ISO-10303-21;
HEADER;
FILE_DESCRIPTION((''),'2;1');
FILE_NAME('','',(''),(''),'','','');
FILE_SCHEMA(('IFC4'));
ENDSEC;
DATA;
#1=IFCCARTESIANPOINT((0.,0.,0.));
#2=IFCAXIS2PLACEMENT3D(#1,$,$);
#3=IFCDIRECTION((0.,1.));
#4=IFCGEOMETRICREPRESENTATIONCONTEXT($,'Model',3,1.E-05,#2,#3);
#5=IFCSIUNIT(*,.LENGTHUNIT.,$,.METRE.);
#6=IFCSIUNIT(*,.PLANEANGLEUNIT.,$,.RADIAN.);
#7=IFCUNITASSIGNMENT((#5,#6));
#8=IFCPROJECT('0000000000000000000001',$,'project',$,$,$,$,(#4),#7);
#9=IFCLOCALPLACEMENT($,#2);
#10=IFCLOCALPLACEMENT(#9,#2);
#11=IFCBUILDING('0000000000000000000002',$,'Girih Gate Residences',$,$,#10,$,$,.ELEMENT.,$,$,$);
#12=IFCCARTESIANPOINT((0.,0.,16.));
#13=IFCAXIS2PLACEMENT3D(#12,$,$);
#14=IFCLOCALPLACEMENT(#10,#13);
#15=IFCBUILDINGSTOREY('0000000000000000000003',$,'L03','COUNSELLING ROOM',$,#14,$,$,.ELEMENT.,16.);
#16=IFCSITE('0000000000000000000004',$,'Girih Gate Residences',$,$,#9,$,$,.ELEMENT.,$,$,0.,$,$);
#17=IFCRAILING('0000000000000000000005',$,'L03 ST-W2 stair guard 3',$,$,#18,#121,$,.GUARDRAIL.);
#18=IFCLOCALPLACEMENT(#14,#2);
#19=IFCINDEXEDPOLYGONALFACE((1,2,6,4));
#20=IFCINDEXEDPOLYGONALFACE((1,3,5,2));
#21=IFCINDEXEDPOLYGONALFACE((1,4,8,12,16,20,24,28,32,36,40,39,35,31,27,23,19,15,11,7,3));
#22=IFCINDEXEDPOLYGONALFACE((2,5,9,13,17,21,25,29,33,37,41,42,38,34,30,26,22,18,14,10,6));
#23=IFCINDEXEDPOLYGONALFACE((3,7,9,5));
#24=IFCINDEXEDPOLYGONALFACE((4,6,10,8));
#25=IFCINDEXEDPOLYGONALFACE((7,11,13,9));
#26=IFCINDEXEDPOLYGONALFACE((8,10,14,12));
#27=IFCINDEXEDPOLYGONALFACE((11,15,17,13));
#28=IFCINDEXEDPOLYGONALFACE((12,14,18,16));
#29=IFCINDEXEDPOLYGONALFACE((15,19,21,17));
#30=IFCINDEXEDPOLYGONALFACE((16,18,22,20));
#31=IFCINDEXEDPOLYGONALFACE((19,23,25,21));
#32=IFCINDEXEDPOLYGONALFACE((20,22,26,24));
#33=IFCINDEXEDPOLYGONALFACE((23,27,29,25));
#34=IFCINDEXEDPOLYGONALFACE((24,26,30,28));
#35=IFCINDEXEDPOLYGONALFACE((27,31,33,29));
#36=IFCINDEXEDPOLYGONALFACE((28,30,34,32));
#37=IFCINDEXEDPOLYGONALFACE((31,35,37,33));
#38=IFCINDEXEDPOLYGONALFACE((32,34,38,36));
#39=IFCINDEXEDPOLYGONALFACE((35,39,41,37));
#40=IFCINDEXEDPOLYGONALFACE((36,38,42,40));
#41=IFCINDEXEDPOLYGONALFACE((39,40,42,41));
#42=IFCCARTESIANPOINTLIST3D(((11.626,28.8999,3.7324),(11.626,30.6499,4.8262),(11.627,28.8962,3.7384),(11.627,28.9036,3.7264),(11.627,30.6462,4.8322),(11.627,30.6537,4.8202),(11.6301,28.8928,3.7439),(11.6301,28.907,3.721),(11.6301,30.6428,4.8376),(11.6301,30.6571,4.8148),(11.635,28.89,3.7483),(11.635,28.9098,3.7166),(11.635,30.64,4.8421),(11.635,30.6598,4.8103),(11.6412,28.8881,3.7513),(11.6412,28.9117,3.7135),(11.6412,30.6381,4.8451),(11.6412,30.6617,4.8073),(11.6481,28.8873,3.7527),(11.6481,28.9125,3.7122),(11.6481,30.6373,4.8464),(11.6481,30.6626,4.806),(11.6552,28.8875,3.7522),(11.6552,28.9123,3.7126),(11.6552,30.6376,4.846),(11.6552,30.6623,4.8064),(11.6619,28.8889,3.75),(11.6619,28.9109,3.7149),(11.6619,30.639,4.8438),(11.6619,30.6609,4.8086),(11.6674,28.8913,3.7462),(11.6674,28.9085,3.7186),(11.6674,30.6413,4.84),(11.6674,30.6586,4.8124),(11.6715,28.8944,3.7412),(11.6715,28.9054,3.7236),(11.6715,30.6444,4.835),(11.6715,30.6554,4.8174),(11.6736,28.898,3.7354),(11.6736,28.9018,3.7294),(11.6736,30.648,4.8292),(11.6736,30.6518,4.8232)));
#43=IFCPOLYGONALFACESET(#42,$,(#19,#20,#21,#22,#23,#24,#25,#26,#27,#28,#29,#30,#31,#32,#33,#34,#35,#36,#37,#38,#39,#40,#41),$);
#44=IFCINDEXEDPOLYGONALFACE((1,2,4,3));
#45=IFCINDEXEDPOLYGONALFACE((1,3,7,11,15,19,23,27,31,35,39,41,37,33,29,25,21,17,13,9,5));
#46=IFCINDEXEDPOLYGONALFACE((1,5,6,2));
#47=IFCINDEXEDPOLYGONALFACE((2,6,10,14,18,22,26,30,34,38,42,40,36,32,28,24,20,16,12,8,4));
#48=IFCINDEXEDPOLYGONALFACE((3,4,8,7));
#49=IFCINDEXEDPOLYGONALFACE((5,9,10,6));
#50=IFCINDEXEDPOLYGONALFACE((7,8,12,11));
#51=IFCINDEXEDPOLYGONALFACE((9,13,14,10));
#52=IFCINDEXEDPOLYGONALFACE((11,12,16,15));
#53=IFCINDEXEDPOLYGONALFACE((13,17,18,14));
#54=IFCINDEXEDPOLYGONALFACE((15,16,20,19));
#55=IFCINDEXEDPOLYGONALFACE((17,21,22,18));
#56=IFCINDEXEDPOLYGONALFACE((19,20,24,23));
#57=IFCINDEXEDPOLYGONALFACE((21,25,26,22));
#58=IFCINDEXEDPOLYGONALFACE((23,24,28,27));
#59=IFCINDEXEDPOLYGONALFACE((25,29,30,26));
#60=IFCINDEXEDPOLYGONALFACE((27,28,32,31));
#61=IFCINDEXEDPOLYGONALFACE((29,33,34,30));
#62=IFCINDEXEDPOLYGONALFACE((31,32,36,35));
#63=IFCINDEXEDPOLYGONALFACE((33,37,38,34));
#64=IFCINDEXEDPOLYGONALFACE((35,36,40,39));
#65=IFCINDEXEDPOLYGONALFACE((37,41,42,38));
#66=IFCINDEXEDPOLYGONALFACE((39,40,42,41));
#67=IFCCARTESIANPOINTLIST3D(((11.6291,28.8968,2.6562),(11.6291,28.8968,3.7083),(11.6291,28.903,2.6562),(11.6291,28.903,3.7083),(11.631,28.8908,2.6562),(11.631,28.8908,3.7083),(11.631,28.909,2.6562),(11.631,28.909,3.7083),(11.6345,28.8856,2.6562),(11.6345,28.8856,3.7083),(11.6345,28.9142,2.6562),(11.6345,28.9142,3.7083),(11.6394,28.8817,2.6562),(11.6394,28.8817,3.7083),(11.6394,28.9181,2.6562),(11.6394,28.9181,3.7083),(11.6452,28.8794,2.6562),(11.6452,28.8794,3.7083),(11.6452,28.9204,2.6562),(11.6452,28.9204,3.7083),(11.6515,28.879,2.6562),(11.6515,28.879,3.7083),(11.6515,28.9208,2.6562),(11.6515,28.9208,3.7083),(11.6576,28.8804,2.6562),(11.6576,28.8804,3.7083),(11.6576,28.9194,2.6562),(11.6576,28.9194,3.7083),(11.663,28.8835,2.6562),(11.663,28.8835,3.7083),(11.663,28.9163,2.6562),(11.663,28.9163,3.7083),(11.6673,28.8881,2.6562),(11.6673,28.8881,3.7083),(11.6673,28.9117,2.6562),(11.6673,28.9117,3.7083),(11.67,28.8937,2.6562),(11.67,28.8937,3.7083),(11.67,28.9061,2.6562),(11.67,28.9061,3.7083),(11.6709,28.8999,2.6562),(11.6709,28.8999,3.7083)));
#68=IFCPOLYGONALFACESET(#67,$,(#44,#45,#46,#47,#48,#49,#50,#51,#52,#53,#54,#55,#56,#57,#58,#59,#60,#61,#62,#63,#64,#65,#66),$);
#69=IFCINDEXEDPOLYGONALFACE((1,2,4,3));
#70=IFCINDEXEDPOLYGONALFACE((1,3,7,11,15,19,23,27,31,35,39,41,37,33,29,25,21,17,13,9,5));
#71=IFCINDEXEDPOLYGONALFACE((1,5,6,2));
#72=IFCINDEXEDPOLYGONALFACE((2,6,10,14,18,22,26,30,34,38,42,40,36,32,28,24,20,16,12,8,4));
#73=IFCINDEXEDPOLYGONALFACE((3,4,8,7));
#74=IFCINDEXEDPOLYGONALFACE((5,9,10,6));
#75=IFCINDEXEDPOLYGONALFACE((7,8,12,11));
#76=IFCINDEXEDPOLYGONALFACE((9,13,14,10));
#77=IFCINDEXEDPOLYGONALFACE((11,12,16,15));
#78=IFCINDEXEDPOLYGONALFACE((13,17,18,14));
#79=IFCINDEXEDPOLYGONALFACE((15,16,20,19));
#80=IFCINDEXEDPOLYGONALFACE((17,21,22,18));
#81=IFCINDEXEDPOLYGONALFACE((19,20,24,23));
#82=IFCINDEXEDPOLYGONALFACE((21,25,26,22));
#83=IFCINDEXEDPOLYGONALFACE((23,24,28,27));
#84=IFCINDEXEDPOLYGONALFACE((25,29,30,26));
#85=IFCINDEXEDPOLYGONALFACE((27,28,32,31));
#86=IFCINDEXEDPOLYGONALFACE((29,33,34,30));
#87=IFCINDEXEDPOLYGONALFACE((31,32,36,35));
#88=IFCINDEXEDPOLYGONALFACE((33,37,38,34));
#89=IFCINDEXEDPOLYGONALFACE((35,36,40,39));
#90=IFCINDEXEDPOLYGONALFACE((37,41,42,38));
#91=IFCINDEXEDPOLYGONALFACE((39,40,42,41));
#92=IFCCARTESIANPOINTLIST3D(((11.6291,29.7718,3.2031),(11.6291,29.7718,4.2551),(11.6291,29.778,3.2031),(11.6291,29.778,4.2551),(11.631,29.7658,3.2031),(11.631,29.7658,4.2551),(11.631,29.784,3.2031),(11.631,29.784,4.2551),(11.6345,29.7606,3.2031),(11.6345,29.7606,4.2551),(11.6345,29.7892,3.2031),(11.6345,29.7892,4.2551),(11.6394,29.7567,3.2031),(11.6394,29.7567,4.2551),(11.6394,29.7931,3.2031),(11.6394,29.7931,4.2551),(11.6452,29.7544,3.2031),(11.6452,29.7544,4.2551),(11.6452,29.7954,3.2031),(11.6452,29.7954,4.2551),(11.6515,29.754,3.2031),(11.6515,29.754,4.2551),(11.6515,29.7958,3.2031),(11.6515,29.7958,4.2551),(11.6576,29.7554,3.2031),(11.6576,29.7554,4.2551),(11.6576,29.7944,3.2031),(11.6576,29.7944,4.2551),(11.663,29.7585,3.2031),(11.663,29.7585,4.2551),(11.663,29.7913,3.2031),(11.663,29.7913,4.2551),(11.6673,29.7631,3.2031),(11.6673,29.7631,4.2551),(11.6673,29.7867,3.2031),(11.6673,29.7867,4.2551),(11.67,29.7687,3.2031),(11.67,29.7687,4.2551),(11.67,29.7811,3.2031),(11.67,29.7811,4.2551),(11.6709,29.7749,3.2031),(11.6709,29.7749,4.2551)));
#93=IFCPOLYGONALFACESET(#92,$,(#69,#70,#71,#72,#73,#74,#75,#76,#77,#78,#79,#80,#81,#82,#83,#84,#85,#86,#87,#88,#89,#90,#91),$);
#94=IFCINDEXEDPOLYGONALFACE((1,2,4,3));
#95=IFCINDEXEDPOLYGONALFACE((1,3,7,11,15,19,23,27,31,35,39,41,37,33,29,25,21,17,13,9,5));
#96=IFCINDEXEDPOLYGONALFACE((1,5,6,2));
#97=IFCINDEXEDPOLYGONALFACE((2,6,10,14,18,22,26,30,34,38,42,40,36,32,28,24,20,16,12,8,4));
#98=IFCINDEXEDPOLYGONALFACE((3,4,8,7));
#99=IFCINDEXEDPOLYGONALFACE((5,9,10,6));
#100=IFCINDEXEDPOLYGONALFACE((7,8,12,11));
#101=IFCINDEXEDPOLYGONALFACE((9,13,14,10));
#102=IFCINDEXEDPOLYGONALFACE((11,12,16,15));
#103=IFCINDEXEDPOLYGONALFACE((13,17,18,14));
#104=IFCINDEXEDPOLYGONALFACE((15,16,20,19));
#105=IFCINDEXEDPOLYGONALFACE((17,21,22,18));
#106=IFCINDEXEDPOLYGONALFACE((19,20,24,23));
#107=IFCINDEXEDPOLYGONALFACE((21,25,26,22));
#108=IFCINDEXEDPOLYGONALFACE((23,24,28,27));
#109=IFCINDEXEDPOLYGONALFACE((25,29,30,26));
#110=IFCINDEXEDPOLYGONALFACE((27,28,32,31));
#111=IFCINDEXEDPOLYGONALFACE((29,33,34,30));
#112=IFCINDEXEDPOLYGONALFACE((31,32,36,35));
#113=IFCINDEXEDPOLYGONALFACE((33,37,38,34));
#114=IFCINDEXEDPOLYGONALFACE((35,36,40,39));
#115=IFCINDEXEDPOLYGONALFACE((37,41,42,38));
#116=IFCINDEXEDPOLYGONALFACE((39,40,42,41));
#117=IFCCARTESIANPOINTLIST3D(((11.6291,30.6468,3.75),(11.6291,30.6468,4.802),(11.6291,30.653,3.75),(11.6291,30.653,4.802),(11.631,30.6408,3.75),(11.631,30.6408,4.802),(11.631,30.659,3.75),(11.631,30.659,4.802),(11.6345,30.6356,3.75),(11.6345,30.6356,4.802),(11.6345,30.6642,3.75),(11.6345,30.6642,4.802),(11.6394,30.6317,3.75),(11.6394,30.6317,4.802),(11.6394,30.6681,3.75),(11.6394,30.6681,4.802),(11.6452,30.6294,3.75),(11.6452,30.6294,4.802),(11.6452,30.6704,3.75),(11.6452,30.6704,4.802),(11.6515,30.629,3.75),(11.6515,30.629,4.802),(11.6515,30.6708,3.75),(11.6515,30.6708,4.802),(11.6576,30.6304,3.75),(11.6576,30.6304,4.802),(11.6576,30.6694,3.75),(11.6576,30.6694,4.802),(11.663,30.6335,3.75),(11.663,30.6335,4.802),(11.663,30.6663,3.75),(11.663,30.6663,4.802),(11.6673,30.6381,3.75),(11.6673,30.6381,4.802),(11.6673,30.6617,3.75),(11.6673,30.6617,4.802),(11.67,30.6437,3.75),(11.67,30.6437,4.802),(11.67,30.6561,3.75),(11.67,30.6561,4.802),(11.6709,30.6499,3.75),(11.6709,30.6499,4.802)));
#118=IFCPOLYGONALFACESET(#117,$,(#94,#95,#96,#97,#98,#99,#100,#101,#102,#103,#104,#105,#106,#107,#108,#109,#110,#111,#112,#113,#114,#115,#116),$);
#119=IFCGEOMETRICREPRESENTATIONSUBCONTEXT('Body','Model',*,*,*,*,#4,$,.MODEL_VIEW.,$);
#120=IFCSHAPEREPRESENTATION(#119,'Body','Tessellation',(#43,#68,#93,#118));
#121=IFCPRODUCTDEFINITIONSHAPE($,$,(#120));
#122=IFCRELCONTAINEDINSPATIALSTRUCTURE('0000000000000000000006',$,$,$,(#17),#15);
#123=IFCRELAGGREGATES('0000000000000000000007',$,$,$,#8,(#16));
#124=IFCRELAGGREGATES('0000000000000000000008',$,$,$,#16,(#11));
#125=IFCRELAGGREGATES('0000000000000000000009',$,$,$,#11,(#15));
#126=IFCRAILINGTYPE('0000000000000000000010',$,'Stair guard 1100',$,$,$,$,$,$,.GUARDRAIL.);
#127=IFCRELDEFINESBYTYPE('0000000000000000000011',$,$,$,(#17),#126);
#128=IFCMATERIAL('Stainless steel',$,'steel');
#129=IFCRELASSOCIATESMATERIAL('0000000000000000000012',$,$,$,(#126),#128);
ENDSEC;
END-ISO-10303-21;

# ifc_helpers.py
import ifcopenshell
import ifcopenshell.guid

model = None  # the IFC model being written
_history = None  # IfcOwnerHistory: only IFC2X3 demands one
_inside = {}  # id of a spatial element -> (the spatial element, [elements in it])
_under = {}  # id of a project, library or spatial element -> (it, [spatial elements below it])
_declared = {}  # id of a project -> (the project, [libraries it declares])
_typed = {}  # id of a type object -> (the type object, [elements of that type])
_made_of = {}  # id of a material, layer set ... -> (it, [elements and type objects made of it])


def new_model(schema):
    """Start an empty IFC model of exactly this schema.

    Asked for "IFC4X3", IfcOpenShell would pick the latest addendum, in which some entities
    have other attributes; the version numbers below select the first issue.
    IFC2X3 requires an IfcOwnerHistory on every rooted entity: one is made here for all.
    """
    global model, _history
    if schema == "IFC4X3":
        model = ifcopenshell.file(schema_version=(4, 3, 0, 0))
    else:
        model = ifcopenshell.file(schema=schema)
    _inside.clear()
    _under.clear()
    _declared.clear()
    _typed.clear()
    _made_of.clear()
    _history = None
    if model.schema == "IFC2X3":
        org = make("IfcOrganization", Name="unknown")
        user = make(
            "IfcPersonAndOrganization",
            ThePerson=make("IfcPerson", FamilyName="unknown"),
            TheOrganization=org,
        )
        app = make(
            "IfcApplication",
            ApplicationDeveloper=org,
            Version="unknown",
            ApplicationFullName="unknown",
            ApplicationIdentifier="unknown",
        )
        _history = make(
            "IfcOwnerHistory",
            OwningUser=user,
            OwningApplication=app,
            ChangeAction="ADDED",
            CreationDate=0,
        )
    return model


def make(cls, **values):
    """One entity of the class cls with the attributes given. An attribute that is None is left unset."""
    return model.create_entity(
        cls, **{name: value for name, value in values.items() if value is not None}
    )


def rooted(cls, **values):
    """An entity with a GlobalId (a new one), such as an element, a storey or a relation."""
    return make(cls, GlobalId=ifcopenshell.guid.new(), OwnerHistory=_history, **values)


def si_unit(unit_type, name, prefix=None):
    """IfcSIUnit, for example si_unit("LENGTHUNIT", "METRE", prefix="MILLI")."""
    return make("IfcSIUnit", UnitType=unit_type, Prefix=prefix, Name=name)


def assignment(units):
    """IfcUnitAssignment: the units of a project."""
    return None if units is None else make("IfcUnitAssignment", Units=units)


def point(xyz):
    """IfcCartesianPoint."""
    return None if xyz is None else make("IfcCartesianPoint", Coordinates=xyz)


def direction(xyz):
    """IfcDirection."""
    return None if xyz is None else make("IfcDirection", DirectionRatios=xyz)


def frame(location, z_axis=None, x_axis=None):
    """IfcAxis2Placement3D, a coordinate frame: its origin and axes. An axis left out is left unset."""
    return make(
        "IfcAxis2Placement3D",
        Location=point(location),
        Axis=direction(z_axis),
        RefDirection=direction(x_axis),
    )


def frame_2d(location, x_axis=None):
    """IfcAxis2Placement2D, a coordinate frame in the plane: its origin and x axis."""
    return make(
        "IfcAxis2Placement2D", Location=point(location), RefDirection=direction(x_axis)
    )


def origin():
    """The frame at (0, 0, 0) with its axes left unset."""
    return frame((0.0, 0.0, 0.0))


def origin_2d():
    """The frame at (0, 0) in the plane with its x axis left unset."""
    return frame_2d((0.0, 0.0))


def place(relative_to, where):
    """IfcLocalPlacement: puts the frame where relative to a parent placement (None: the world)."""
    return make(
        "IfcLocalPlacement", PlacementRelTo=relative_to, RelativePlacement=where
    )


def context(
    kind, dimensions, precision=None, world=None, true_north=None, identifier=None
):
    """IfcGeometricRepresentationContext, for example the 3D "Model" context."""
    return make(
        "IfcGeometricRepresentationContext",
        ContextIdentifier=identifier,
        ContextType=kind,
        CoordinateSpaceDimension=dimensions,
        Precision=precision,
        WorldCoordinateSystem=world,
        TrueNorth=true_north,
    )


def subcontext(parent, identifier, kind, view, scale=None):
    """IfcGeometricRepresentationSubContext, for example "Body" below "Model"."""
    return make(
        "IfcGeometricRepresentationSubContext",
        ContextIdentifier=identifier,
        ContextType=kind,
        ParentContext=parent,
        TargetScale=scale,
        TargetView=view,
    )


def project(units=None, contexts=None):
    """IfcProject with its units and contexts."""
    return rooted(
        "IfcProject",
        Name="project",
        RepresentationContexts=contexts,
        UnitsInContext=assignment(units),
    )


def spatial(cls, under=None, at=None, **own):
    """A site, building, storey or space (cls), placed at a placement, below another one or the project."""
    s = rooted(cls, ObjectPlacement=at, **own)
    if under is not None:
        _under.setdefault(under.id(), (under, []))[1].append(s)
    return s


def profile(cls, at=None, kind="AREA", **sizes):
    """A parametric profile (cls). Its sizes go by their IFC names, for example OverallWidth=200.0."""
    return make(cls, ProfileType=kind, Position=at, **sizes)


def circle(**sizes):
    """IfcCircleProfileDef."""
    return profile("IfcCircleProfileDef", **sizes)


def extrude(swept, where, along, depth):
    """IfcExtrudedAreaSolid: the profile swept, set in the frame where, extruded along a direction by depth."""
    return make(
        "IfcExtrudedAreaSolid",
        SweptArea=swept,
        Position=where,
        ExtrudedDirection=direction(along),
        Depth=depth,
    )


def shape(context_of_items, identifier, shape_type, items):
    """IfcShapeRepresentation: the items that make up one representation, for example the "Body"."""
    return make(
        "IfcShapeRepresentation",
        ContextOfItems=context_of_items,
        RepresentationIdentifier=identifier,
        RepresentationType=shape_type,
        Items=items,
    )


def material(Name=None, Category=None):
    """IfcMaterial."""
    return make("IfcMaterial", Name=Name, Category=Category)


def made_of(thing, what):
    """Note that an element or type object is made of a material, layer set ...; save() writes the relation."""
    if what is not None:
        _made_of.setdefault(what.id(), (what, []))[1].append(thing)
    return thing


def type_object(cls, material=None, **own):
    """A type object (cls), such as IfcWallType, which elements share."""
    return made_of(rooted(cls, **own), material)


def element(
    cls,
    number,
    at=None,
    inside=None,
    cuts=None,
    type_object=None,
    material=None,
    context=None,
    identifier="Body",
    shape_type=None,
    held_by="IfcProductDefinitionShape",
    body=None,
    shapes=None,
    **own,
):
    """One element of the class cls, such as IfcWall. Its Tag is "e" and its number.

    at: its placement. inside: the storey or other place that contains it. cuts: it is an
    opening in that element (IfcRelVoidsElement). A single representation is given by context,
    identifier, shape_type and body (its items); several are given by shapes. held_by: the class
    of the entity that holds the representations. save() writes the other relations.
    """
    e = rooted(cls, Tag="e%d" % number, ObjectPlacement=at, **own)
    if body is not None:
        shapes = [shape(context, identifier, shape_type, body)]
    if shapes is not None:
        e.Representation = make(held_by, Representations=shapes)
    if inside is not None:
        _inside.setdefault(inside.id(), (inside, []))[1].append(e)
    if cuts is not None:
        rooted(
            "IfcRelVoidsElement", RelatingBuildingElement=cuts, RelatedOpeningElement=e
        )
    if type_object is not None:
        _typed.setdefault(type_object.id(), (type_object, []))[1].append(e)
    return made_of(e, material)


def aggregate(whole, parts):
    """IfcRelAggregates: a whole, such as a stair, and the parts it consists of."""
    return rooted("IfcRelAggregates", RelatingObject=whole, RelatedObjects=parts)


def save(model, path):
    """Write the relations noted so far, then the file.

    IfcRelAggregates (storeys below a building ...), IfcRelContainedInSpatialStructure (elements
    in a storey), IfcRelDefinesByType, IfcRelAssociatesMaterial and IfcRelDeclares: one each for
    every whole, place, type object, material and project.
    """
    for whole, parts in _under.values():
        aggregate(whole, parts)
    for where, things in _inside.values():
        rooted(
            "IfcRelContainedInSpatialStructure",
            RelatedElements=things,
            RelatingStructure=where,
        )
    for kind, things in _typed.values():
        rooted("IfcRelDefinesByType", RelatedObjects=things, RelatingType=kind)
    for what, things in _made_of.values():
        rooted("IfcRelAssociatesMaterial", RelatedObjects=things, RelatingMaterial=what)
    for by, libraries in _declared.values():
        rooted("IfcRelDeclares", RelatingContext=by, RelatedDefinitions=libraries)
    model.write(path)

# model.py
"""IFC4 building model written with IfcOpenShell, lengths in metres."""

from ifc_helpers import new_model, si_unit, direction, frame, origin, origin_2d, place, context, subcontext, project, spatial, circle, extrude, material, type_object, element, save


model = new_model("IFC4")

# Units and contexts
model_context = context("Model", 3, precision=1e-05, world=origin(), true_north=direction((0.0, 1.0)))
body_context = subcontext(model_context, "Body", "Model", "MODEL_VIEW")
ifc_project = project(units=[si_unit("LENGTHUNIT", "METRE"), si_unit("PLANEANGLEUNIT", "RADIAN")], contexts=[model_context])

# Site, building, storey
site_placement = place(None, origin())
site = spatial("IfcSite", under=ifc_project, at=site_placement, Name="Girih Gate Residences", CompositionType="ELEMENT", RefElevation=0.0)
building_placement = place(site_placement, origin())
building = spatial("IfcBuilding", under=site, at=building_placement, Name="Girih Gate Residences", CompositionType="ELEMENT")
storey_placement = place(building_placement, frame((0.0, 0.0, 16.0)))
storey = spatial("IfcBuildingStorey", under=building, at=storey_placement, Name="L03", Description="COUNSELLING ROOM", CompositionType="ELEMENT", Elevation=16.0)

# Railing
ifc_material_1 = material(Name="Stainless steel", Category="steel")
railing_type_1 = type_object("IfcRailingType", Name="Stair guard 1100", PredefinedType="GUARDRAIL", material=ifc_material_1)
railing_1_placement = place(storey_placement, frame((11.6499, 28.8999, 2.6562)))
element("IfcRailing", 1, at=railing_1_placement, inside=storey, type_object=railing_type_1, Name="L03 ST-W2 stair guard 3", PredefinedType="GUARDRAIL", context=body_context, shape_type="SweptSolid", body=[
    extrude(circle(Radius=0.0239, at=origin_2d()), frame((0.0, 0.0, 1.0762), z_axis=(0.0, 0.847998, 0.529999), x_axis=(-1.0, 0.0, 0.0)), (0.0, 0.0, 1.0), 2.0637),
    extrude(circle(Radius=0.021, at=origin_2d()), origin(), (0.0, 0.0, 1.0), 1.052),
    extrude(circle(Radius=0.021, at=origin_2d()), frame((0.0, 0.875, 0.5469)), (0.0, 0.0, 1.0), 1.052),
    extrude(circle(Radius=0.021, at=origin_2d()), frame((0.0, 1.75, 1.0938)), (0.0, 0.0, 1.0), 1.052),
])

save(model, "model.ifc")
